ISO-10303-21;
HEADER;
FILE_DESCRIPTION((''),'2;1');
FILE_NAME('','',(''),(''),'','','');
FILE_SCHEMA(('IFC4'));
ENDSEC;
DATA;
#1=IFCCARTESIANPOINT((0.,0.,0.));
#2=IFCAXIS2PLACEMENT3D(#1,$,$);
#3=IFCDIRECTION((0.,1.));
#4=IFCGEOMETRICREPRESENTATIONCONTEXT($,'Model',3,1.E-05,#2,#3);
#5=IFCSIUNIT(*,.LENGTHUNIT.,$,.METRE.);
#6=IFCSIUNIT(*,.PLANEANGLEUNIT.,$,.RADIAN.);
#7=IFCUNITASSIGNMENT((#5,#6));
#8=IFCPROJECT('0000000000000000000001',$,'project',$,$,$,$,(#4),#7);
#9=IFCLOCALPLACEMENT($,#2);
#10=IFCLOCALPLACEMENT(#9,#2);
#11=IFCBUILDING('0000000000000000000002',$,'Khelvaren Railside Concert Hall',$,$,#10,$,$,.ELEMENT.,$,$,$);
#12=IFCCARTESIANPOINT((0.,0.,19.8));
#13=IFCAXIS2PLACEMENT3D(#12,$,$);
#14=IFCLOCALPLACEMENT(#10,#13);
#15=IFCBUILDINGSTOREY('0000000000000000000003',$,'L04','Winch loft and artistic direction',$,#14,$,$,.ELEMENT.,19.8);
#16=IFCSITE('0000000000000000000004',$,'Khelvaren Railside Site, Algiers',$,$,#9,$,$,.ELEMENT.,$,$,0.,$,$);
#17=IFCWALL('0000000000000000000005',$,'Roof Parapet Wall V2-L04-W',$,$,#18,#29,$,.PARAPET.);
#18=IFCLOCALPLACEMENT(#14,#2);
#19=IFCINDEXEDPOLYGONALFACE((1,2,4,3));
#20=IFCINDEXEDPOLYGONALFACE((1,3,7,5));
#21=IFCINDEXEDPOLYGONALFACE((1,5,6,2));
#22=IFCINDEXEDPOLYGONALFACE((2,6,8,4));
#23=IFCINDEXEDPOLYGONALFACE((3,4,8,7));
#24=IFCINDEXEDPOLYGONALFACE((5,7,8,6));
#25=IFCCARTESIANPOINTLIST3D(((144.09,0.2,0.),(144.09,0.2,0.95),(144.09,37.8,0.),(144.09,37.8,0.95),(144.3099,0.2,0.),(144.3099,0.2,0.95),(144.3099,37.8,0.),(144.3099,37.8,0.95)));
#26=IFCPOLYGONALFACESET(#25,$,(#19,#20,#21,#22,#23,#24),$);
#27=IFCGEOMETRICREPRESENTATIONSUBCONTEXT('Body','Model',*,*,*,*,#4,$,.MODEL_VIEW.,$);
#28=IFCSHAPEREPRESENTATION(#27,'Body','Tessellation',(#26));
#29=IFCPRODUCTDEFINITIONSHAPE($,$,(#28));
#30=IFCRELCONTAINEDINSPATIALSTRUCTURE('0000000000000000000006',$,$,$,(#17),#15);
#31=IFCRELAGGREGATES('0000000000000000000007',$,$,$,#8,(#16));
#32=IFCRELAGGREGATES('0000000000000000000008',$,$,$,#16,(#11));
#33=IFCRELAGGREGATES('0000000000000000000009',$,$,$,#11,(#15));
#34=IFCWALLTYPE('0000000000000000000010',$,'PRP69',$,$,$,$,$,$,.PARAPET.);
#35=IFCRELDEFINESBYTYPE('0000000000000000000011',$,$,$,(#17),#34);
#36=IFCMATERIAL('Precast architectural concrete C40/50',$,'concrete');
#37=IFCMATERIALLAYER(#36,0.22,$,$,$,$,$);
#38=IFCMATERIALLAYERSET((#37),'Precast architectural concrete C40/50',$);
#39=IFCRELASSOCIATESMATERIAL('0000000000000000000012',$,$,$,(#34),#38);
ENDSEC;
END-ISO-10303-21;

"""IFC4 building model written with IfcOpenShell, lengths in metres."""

from ifc_helpers import new_model, si_unit, direction, frame, frame_2d, origin, place, context, subcontext, project, spatial, rectangle, extrude, material, layer, layer_set, type_object, element, save


model = new_model("IFC4")

# Units and contexts
model_context = context("Model", 3, precision=1e-05, world=origin(), true_north=direction((0.0, 1.0)))
body_context = subcontext(model_context, "Body", "Model", "MODEL_VIEW")
ifc_project = project(units=[si_unit("LENGTHUNIT", "METRE"), si_unit("PLANEANGLEUNIT", "RADIAN")], contexts=[model_context])

# Site, building, storey
site_placement = place(None, origin())
site = spatial("IfcSite", under=ifc_project, at=site_placement, Name="Khelvaren Railside Site, Algiers", CompositionType="ELEMENT", RefElevation=0.0)
building_placement = place(site_placement, origin())
building = spatial("IfcBuilding", under=site, at=building_placement, Name="Khelvaren Railside Concert Hall", CompositionType="ELEMENT")
storey_placement = place(building_placement, frame((0.0, 0.0, 19.8)))
storey = spatial("IfcBuildingStorey", under=building, at=storey_placement, Name="L04", Description="Winch loft and artistic direction", CompositionType="ELEMENT", Elevation=19.8)

# Wall
ifc_material_1 = material(Name="Precast architectural concrete C40/50", Category="concrete")
ifc_layer_1 = layer(ifc_material_1, 0.22)
ifc_layer_set_1 = layer_set([ifc_layer_1], Name="Precast architectural concrete C40/50")
wall_type = type_object("IfcWallType", Name="PRP69", PredefinedType="PARAPET", material=ifc_layer_set_1)
wall_1_placement = place(storey_placement, frame((144.2, 37.8, 0.0), z_axis=(0.0, 0.0, 1.0), x_axis=(0.0, -1.0, 0.0)))
element("IfcWall", 1, at=wall_1_placement, inside=storey, type_object=wall_type, Name="Roof Parapet Wall V2-L04-W", PredefinedType="PARAPET", context=body_context, shape_type="SweptSolid", body=[
    extrude(rectangle(XDim=37.6001, YDim=0.22, at=frame_2d((18.8, 0.0))), origin(), (0.0, 0.0, 1.0), 0.95),
])

save(model, "model.ifc")
